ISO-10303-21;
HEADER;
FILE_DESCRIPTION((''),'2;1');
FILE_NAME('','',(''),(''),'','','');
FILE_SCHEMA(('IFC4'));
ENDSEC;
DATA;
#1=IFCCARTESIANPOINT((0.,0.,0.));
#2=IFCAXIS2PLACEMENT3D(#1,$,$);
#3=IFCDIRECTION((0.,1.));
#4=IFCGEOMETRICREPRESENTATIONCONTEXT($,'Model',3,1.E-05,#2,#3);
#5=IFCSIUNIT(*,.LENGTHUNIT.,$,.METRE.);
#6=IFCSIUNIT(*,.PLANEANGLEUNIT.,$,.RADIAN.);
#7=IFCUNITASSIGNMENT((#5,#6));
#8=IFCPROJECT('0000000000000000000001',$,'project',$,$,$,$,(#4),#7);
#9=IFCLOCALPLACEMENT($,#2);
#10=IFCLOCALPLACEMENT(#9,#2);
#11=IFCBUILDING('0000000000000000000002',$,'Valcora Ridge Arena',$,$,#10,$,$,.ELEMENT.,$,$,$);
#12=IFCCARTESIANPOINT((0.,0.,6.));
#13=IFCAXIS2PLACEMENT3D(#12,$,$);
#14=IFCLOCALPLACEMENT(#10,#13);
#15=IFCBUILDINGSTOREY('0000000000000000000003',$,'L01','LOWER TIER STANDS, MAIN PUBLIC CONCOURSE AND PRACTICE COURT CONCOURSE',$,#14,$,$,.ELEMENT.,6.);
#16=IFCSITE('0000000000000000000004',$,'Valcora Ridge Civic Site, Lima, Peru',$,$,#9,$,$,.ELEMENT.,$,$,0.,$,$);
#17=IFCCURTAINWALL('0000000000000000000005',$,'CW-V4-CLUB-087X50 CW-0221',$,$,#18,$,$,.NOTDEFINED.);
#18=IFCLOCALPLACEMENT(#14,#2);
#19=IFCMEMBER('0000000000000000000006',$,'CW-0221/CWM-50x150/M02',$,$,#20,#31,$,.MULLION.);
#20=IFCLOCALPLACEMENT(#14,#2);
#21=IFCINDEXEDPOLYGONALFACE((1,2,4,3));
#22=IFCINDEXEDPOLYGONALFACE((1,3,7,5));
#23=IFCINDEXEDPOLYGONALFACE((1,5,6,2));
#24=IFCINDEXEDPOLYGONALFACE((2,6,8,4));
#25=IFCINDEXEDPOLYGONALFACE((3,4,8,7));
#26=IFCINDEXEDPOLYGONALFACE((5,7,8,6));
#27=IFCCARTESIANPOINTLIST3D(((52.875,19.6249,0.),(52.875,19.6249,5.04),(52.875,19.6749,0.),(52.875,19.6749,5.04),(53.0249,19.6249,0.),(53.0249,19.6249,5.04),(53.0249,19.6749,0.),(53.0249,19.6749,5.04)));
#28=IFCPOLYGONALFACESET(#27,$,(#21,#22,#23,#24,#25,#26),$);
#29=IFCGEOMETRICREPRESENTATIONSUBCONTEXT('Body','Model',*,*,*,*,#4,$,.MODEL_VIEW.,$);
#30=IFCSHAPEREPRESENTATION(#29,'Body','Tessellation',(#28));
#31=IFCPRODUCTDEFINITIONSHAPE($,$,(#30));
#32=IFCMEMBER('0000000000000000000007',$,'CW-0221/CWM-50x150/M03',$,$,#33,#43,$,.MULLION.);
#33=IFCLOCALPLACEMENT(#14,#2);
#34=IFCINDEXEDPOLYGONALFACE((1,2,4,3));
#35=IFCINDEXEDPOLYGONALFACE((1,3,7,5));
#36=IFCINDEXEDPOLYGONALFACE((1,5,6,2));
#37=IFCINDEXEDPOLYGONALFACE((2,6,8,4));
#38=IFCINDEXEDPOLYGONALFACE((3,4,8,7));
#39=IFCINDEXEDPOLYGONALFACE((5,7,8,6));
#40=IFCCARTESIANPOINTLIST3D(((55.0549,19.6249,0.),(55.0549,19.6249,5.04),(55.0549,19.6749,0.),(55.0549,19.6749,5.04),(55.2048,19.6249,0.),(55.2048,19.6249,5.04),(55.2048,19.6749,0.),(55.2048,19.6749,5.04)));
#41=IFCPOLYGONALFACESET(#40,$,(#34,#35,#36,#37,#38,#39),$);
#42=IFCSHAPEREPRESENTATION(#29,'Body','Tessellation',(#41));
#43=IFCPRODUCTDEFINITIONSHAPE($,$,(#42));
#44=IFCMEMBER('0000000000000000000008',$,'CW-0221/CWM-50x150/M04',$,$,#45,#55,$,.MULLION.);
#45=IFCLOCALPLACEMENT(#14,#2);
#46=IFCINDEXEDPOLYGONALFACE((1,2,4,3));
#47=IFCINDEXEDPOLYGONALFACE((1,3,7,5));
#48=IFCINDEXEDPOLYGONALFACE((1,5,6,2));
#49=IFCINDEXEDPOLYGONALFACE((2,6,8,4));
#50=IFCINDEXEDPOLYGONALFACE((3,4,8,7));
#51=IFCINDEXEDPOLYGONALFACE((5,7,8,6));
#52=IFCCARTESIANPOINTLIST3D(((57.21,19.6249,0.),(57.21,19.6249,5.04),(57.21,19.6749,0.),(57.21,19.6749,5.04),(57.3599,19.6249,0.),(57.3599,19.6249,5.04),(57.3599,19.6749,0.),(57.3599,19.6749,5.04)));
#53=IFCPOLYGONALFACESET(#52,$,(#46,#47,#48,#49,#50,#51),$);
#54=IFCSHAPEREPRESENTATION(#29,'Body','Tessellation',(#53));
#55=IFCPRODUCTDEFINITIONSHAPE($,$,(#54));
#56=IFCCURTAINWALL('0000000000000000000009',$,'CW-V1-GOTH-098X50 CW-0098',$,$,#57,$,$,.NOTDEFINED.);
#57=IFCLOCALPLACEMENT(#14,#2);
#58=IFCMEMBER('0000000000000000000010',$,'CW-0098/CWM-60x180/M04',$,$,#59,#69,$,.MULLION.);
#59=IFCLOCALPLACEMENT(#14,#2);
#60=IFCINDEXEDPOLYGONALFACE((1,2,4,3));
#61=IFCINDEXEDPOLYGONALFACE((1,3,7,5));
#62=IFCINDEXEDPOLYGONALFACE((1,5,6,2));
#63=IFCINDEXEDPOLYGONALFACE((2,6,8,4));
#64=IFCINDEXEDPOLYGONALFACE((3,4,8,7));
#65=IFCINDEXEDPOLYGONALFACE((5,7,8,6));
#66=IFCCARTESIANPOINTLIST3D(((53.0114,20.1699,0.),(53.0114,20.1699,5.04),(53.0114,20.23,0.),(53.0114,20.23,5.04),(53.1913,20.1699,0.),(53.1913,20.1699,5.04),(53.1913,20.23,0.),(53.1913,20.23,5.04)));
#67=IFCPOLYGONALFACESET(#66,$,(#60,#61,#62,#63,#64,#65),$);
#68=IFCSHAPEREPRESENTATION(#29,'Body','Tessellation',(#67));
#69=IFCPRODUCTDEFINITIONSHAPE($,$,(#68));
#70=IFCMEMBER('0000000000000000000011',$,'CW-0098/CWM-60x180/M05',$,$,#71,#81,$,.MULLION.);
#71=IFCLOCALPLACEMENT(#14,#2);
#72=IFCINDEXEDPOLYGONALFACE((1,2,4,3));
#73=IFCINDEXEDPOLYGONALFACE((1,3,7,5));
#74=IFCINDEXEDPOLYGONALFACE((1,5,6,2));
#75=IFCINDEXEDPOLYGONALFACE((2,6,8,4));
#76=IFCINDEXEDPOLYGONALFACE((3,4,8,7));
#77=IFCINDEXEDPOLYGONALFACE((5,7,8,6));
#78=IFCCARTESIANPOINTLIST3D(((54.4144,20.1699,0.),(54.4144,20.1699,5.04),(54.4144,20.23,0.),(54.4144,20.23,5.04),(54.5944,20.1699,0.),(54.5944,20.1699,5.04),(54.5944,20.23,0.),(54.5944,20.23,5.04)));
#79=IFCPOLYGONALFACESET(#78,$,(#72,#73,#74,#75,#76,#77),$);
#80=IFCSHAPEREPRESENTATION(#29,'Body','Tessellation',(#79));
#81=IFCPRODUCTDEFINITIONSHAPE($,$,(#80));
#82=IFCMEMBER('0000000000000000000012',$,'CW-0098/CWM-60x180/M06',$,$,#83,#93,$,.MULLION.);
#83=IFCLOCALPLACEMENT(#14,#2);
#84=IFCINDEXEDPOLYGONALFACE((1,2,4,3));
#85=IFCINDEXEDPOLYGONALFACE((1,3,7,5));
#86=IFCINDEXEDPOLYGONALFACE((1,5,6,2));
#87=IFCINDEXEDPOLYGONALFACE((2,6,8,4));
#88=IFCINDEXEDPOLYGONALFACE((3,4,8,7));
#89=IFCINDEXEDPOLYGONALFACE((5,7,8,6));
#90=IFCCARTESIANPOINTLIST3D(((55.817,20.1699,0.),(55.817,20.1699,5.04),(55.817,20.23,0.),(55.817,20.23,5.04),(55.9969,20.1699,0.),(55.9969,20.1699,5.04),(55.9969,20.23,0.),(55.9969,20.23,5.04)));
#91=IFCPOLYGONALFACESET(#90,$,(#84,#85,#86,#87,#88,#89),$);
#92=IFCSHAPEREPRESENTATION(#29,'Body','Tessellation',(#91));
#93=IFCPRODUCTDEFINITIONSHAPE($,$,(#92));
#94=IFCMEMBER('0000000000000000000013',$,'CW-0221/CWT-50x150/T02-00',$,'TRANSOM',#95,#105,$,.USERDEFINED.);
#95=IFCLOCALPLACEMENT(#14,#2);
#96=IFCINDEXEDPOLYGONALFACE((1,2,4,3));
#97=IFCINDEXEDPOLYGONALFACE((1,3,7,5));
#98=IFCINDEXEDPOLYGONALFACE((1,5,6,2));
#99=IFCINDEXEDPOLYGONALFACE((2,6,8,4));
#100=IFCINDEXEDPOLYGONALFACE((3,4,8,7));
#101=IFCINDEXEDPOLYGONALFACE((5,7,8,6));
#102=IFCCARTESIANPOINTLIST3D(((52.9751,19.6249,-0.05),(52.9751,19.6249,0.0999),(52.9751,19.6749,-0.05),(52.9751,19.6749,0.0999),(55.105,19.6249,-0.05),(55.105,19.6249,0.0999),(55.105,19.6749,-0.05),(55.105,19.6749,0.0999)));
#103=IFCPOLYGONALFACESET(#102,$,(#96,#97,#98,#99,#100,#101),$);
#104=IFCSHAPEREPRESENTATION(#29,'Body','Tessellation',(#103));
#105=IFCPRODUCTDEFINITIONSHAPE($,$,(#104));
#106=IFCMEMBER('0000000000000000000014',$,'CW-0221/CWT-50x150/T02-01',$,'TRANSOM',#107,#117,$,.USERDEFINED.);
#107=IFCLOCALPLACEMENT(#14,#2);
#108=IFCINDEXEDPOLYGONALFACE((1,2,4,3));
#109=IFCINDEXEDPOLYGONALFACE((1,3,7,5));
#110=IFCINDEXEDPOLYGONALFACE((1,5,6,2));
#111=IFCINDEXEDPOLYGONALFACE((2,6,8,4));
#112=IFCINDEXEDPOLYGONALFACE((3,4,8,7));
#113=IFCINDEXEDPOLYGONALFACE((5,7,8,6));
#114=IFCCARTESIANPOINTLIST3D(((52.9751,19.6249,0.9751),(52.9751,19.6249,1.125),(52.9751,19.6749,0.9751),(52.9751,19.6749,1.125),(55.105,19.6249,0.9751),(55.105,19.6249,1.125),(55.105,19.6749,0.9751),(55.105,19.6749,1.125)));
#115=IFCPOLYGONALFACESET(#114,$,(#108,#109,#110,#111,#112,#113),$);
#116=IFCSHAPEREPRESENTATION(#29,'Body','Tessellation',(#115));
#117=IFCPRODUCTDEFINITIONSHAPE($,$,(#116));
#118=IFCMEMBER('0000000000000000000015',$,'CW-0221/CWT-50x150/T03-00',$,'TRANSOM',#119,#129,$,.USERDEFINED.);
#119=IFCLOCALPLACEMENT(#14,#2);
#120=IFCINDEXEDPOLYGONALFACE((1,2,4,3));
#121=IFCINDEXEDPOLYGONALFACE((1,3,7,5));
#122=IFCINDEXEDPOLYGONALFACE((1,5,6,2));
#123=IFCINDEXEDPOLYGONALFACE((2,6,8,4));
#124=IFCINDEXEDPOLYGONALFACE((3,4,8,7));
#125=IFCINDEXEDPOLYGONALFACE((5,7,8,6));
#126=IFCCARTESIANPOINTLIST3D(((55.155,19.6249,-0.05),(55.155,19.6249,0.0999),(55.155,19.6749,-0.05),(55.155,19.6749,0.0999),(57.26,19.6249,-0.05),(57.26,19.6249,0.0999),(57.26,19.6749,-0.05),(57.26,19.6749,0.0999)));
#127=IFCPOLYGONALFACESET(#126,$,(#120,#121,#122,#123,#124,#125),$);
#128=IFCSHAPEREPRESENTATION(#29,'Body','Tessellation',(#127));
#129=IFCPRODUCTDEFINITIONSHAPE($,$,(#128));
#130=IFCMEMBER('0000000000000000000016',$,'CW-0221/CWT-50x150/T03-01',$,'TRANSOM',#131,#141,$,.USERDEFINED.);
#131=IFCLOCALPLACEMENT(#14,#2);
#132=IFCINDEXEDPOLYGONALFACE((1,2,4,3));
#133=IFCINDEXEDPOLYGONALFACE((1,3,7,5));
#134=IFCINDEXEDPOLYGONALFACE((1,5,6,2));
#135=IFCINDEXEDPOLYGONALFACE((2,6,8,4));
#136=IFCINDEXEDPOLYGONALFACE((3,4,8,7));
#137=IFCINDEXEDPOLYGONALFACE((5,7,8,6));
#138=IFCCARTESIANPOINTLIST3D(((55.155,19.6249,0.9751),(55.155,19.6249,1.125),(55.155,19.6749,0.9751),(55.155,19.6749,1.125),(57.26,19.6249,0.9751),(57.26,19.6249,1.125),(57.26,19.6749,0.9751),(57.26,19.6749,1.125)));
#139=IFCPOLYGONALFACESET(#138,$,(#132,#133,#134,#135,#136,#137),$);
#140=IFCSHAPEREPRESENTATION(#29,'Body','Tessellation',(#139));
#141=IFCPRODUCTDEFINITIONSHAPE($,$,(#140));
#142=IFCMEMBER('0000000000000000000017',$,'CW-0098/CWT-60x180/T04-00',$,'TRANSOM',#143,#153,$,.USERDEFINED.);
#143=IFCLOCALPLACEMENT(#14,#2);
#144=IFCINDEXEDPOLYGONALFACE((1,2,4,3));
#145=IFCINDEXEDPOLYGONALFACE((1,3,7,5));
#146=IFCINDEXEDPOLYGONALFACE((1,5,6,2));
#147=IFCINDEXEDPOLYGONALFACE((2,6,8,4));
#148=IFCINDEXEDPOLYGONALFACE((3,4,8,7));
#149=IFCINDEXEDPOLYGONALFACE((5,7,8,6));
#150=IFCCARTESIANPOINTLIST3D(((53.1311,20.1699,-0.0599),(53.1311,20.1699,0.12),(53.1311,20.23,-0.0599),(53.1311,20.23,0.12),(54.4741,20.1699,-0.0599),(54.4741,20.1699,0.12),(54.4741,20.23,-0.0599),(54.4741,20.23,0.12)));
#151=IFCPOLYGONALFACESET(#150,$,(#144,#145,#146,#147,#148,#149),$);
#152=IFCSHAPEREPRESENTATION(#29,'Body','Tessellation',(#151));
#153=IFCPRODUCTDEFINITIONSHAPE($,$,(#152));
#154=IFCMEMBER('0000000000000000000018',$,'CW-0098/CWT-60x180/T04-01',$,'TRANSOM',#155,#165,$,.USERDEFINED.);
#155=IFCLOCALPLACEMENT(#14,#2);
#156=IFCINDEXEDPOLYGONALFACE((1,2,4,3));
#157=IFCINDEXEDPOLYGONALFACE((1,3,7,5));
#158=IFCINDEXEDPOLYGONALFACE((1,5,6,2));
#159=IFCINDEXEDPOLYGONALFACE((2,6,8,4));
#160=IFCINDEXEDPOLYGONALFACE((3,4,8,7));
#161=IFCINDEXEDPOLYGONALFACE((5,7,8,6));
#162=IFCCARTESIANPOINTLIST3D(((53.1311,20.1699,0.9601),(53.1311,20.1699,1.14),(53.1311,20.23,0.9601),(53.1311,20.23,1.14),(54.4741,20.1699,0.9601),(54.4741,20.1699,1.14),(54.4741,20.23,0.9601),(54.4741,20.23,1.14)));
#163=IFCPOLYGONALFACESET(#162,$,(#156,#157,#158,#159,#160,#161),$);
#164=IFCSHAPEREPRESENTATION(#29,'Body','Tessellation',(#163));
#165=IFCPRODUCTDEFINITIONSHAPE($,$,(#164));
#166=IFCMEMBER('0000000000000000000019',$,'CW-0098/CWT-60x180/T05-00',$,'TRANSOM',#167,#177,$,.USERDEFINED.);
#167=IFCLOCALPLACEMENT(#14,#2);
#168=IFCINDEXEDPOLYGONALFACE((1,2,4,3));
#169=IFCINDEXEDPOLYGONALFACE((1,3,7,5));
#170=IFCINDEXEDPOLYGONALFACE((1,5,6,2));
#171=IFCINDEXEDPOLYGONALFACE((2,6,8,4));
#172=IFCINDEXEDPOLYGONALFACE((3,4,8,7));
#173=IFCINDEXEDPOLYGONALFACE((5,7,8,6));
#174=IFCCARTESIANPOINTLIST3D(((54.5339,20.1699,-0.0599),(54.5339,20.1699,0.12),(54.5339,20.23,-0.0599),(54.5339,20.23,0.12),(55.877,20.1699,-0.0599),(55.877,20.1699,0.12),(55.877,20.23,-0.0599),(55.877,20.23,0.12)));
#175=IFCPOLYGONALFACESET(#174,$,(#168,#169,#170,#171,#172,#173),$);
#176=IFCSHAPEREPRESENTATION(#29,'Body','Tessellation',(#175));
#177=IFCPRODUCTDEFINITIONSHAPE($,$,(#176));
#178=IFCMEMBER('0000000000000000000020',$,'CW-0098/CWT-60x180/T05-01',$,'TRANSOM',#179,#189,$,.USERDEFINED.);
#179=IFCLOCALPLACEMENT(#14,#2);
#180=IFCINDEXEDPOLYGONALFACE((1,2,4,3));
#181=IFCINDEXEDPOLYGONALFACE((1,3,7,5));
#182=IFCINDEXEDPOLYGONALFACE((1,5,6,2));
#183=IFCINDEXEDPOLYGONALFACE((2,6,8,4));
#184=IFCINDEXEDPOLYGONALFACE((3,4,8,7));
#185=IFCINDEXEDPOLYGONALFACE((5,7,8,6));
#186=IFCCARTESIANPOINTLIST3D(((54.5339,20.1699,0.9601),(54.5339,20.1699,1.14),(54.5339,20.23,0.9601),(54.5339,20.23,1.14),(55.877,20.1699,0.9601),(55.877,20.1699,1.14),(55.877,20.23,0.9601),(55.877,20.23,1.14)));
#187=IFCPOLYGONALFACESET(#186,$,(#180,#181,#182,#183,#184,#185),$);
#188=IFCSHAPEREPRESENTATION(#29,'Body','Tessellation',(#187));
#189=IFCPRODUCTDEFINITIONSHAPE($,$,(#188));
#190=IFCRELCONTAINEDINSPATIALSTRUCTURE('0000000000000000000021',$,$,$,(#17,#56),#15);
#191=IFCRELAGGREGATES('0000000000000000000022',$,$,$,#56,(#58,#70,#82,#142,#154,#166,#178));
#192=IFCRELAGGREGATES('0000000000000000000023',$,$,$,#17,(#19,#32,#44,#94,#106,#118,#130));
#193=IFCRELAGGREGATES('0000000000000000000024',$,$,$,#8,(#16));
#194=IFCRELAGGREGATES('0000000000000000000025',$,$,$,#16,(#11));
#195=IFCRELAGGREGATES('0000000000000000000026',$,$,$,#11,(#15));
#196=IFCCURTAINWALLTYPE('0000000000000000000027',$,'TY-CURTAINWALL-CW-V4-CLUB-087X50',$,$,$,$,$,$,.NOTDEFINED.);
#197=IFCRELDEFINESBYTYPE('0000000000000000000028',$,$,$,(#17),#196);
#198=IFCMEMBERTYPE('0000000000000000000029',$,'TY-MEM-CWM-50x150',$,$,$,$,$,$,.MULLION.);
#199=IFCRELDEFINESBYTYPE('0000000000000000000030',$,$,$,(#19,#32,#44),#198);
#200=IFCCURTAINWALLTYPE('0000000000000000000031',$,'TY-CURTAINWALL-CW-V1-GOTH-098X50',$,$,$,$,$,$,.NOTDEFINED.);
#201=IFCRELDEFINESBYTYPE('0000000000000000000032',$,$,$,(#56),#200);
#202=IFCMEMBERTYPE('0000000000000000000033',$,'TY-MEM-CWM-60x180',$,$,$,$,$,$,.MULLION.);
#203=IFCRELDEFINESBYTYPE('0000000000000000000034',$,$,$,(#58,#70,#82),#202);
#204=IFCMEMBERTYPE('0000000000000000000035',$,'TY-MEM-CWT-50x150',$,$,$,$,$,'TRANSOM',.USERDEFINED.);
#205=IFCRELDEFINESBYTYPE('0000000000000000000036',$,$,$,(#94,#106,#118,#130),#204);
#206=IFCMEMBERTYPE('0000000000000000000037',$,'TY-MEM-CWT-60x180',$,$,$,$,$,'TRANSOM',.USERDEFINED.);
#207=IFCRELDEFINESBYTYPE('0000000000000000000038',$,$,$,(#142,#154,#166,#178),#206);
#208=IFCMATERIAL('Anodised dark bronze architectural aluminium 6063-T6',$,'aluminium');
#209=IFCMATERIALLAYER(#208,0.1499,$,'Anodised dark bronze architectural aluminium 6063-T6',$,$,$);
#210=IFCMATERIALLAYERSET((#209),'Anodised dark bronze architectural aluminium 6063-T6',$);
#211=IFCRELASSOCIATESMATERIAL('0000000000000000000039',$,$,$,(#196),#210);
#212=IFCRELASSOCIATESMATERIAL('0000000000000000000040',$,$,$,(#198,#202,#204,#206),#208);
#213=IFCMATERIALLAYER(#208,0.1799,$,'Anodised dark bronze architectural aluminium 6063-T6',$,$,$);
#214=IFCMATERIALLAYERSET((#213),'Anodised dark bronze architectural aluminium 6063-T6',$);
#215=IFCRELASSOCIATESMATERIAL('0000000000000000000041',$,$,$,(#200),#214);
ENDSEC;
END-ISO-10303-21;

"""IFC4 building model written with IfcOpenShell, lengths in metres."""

from ifc_helpers import new_model, si_unit, direction, frame, origin, origin_2d, place, context, subcontext, project, spatial, rectangle, extrude, material, layer, layer_set, material_profile, profile_set, type_object, element, aggregate, save


model = new_model("IFC4")

# Units and contexts
model_context = context("Model", 3, precision=1e-05, world=origin(), true_north=direction((0.0, 1.0)))
body_context = subcontext(model_context, "Body", "Model", "MODEL_VIEW")
ifc_project = project(units=[si_unit("LENGTHUNIT", "METRE"), si_unit("PLANEANGLEUNIT", "RADIAN")], contexts=[model_context])

# Site, building, storey
site_placement = place(None, origin())
site = spatial("IfcSite", under=ifc_project, at=site_placement, Name="Valcora Ridge Civic Site, Lima, Peru", CompositionType="ELEMENT", RefElevation=0.0)
building_placement = place(site_placement, origin())
building = spatial("IfcBuilding", under=site, at=building_placement, Name="Valcora Ridge Arena", CompositionType="ELEMENT")
storey_placement = place(building_placement, frame((0.0, 0.0, 6.0)))
storey = spatial("IfcBuildingStorey", under=building, at=storey_placement, Name="L01", Description="LOWER TIER STANDS, MAIN PUBLIC CONCOURSE AND PRACTICE COURT CONCOURSE", CompositionType="ELEMENT", Elevation=6.0)

# Curtain walls, members
ifc_material_1 = material(Name="Anodised dark bronze architectural aluminium 6063-T6", Category="aluminium")
ifc_layer_1 = layer(ifc_material_1, 0.1499, Name="Anodised dark bronze architectural aluminium 6063-T6")
ifc_layer_set_1 = layer_set([ifc_layer_1], Name="Anodised dark bronze architectural aluminium 6063-T6")
curtain_wall_type_1 = type_object("IfcCurtainWallType", Name="TY-CURTAINWALL-CW-V4-CLUB-087X50", PredefinedType="NOTDEFINED", material=ifc_layer_set_1)
curtain_wall_1_placement = place(storey_placement, origin())
curtain_wall_1 = element("IfcCurtainWall", 1, at=curtain_wall_1_placement, inside=storey, type_object=curtain_wall_type_1, Name="CW-V4-CLUB-087X50 CW-0221", PredefinedType="NOTDEFINED")
ifc_material_profile_1 = material_profile(ifc_material_1, rectangle(XDim=0.05, YDim=0.1499, at=origin_2d()), Name="ALU MULLION 50x150")
ifc_profile_set_1 = profile_set([ifc_material_profile_1], Name="Anodised dark bronze architectural aluminium 6063-T6")
member_type_1 = type_object("IfcMemberType", Name="TY-MEM-CWM-50x150", PredefinedType="MULLION", material=ifc_profile_set_1)
member_1_placement = place(storey_placement, frame((52.95, 19.6499, 0.0), z_axis=(0.0, 0.0, 1.0), x_axis=(0.0, 1.0, 0.0)))
member_1 = element("IfcMember", 2, at=member_1_placement, type_object=member_type_1, Name="CW-0221/CWM-50x150/M02", PredefinedType="MULLION", context=body_context, shape_type="SweptSolid", body=[
    extrude(rectangle(XDim=0.05, YDim=0.1499, at=origin_2d()), origin(), (0.0, 0.0, 1.0), 5.04),
])
member_2_placement = place(storey_placement, frame((55.1299, 19.6499, 0.0), z_axis=(0.0, 0.0, 1.0), x_axis=(0.0, 1.0, 0.0)))
member_2 = element("IfcMember", 3, at=member_2_placement, type_object=member_type_1, Name="CW-0221/CWM-50x150/M03", PredefinedType="MULLION", context=body_context, shape_type="SweptSolid", body=[
    extrude(rectangle(XDim=0.05, YDim=0.1499, at=origin_2d()), origin(), (0.0, 0.0, 1.0), 5.04),
])
member_3_placement = place(storey_placement, frame((57.2849, 19.6499, 0.0), z_axis=(0.0, 0.0, 1.0), x_axis=(0.0, 1.0, 0.0)))
member_3 = element("IfcMember", 4, at=member_3_placement, type_object=member_type_1, Name="CW-0221/CWM-50x150/M04", PredefinedType="MULLION", context=body_context, shape_type="SweptSolid", body=[
    extrude(rectangle(XDim=0.05, YDim=0.1499, at=origin_2d()), origin(), (0.0, 0.0, 1.0), 5.04),
])
ifc_layer_2 = layer(ifc_material_1, 0.1799, Name="Anodised dark bronze architectural aluminium 6063-T6")
ifc_layer_set_2 = layer_set([ifc_layer_2], Name="Anodised dark bronze architectural aluminium 6063-T6")
curtain_wall_type_2 = type_object("IfcCurtainWallType", Name="TY-CURTAINWALL-CW-V1-GOTH-098X50", PredefinedType="NOTDEFINED", material=ifc_layer_set_2)
curtain_wall_2_placement = place(storey_placement, origin())
curtain_wall_2 = element("IfcCurtainWall", 5, at=curtain_wall_2_placement, inside=storey, type_object=curtain_wall_type_2, Name="CW-V1-GOTH-098X50 CW-0098", PredefinedType="NOTDEFINED")
ifc_material_profile_2 = material_profile(ifc_material_1, rectangle(XDim=0.0601, YDim=0.1799, at=origin_2d()), Name="ALU MULLION 60x180")
ifc_profile_set_2 = profile_set([ifc_material_profile_2], Name="Anodised dark bronze architectural aluminium 6063-T6")
member_type_2 = type_object("IfcMemberType", Name="TY-MEM-CWM-60x180", PredefinedType="MULLION", material=ifc_profile_set_2)
member_4_placement = place(storey_placement, frame((53.1013, 20.2, 0.0), z_axis=(0.0, 0.0, 1.0), x_axis=(0.0, 1.0, 0.0)))
member_4 = element("IfcMember", 6, at=member_4_placement, type_object=member_type_2, Name="CW-0098/CWM-60x180/M04", PredefinedType="MULLION", context=body_context, shape_type="SweptSolid", body=[
    extrude(rectangle(XDim=0.0601, YDim=0.1799, at=origin_2d()), origin(), (0.0, 0.0, 1.0), 5.04),
])
member_5_placement = place(storey_placement, frame((54.5044, 20.2, 0.0), z_axis=(0.0, 0.0, 1.0), x_axis=(0.0, 1.0, 0.0)))
member_5 = element("IfcMember", 7, at=member_5_placement, type_object=member_type_2, Name="CW-0098/CWM-60x180/M05", PredefinedType="MULLION", context=body_context, shape_type="SweptSolid", body=[
    extrude(rectangle(XDim=0.0601, YDim=0.1799, at=origin_2d()), origin(), (0.0, 0.0, 1.0), 5.04),
])
member_6_placement = place(storey_placement, frame((55.907, 20.2, 0.0), z_axis=(0.0, 0.0, 1.0), x_axis=(0.0, 1.0, 0.0)))
member_6 = element("IfcMember", 8, at=member_6_placement, type_object=member_type_2, Name="CW-0098/CWM-60x180/M06", PredefinedType="MULLION", context=body_context, shape_type="SweptSolid", body=[
    extrude(rectangle(XDim=0.0601, YDim=0.1799, at=origin_2d()), origin(), (0.0, 0.0, 1.0), 5.04),
])

# Members
ifc_material_profile_3 = material_profile(ifc_material_1, rectangle(XDim=0.05, YDim=0.1499, at=origin_2d()), Name="ALU TRANSOM 50x150")
ifc_profile_set_3 = profile_set([ifc_material_profile_3], Name="Anodised dark bronze architectural aluminium 6063-T6")
member_type_3 = type_object("IfcMemberType", Name="TY-MEM-CWT-50x150", ElementType="TRANSOM", PredefinedType="USERDEFINED", material=ifc_profile_set_3)
member_7_placement = place(storey_placement, frame((52.9751, 19.6499, 0.0249), z_axis=(1.0, 0.0, 0.0), x_axis=(0.0, 1.0, 0.0)))
member_7 = element("IfcMember", 9, at=member_7_placement, type_object=member_type_3, Name="CW-0221/CWT-50x150/T02-00", ObjectType="TRANSOM", PredefinedType="USERDEFINED", context=body_context, shape_type="SweptSolid", body=[
    extrude(rectangle(XDim=0.05, YDim=0.1499, at=origin_2d()), origin(), (0.0, 0.0, 1.0), 2.1299),
])
member_8_placement = place(storey_placement, frame((52.9751, 19.6499, 1.05), z_axis=(1.0, 0.0, 0.0), x_axis=(0.0, 1.0, 0.0)))
member_8 = element("IfcMember", 10, at=member_8_placement, type_object=member_type_3, Name="CW-0221/CWT-50x150/T02-01", ObjectType="TRANSOM", PredefinedType="USERDEFINED", context=body_context, shape_type="SweptSolid", body=[
    extrude(rectangle(XDim=0.05, YDim=0.1499, at=origin_2d()), origin(), (0.0, 0.0, 1.0), 2.1299),
])
member_9_placement = place(storey_placement, frame((55.155, 19.6499, 0.0249), z_axis=(1.0, 0.0, 0.0), x_axis=(0.0, 1.0, 0.0)))
member_9 = element("IfcMember", 11, at=member_9_placement, type_object=member_type_3, Name="CW-0221/CWT-50x150/T03-00", ObjectType="TRANSOM", PredefinedType="USERDEFINED", context=body_context, shape_type="SweptSolid", body=[
    extrude(rectangle(XDim=0.05, YDim=0.1499, at=origin_2d()), origin(), (0.0, 0.0, 1.0), 2.105),
])
member_10_placement = place(storey_placement, frame((55.155, 19.6499, 1.05), z_axis=(1.0, 0.0, 0.0), x_axis=(0.0, 1.0, 0.0)))
member_10 = element("IfcMember", 12, at=member_10_placement, type_object=member_type_3, Name="CW-0221/CWT-50x150/T03-01", ObjectType="TRANSOM", PredefinedType="USERDEFINED", context=body_context, shape_type="SweptSolid", body=[
    extrude(rectangle(XDim=0.05, YDim=0.1499, at=origin_2d()), origin(), (0.0, 0.0, 1.0), 2.105),
])
ifc_material_profile_4 = material_profile(ifc_material_1, rectangle(XDim=0.0601, YDim=0.1799, at=origin_2d()), Name="ALU TRANSOM 60x180")
ifc_profile_set_4 = profile_set([ifc_material_profile_4], Name="Anodised dark bronze architectural aluminium 6063-T6")
member_type_4 = type_object("IfcMemberType", Name="TY-MEM-CWT-60x180", ElementType="TRANSOM", PredefinedType="USERDEFINED", material=ifc_profile_set_4)
member_11_placement = place(storey_placement, frame((53.1311, 20.2, 0.03), z_axis=(1.0, 0.0, 0.0), x_axis=(0.0, 1.0, 0.0)))
member_11 = element("IfcMember", 13, at=member_11_placement, type_object=member_type_4, Name="CW-0098/CWT-60x180/T04-00", ObjectType="TRANSOM", PredefinedType="USERDEFINED", context=body_context, shape_type="SweptSolid", body=[
    extrude(rectangle(XDim=0.0601, YDim=0.1799, at=origin_2d()), origin(), (0.0, 0.0, 1.0), 1.343),
])
member_12_placement = place(storey_placement, frame((53.1311, 20.2, 1.05), z_axis=(1.0, 0.0, 0.0), x_axis=(0.0, 1.0, 0.0)))
member_12 = element("IfcMember", 14, at=member_12_placement, type_object=member_type_4, Name="CW-0098/CWT-60x180/T04-01", ObjectType="TRANSOM", PredefinedType="USERDEFINED", context=body_context, shape_type="SweptSolid", body=[
    extrude(rectangle(XDim=0.0601, YDim=0.1799, at=origin_2d()), origin(), (0.0, 0.0, 1.0), 1.343),
])
member_13_placement = place(storey_placement, frame((54.5339, 20.2, 0.03), z_axis=(1.0, 0.0, 0.0), x_axis=(0.0, 1.0, 0.0)))
member_13 = element("IfcMember", 15, at=member_13_placement, type_object=member_type_4, Name="CW-0098/CWT-60x180/T05-00", ObjectType="TRANSOM", PredefinedType="USERDEFINED", context=body_context, shape_type="SweptSolid", body=[
    extrude(rectangle(XDim=0.0601, YDim=0.1799, at=origin_2d()), origin(), (0.0, 0.0, 1.0), 1.343),
])
member_14_placement = place(storey_placement, frame((54.5339, 20.2, 1.05), z_axis=(1.0, 0.0, 0.0), x_axis=(0.0, 1.0, 0.0)))
member_14 = element("IfcMember", 16, at=member_14_placement, type_object=member_type_4, Name="CW-0098/CWT-60x180/T05-01", ObjectType="TRANSOM", PredefinedType="USERDEFINED", context=body_context, shape_type="SweptSolid", body=[
    extrude(rectangle(XDim=0.0601, YDim=0.1799, at=origin_2d()), origin(), (0.0, 0.0, 1.0), 1.343),
])

aggregate(curtain_wall_2, [member_4, member_5, member_6, member_11, member_12, member_13, member_14])
aggregate(curtain_wall_1, [member_1, member_2, member_3, member_7, member_8, member_9, member_10])

save(model, "model.ifc")
